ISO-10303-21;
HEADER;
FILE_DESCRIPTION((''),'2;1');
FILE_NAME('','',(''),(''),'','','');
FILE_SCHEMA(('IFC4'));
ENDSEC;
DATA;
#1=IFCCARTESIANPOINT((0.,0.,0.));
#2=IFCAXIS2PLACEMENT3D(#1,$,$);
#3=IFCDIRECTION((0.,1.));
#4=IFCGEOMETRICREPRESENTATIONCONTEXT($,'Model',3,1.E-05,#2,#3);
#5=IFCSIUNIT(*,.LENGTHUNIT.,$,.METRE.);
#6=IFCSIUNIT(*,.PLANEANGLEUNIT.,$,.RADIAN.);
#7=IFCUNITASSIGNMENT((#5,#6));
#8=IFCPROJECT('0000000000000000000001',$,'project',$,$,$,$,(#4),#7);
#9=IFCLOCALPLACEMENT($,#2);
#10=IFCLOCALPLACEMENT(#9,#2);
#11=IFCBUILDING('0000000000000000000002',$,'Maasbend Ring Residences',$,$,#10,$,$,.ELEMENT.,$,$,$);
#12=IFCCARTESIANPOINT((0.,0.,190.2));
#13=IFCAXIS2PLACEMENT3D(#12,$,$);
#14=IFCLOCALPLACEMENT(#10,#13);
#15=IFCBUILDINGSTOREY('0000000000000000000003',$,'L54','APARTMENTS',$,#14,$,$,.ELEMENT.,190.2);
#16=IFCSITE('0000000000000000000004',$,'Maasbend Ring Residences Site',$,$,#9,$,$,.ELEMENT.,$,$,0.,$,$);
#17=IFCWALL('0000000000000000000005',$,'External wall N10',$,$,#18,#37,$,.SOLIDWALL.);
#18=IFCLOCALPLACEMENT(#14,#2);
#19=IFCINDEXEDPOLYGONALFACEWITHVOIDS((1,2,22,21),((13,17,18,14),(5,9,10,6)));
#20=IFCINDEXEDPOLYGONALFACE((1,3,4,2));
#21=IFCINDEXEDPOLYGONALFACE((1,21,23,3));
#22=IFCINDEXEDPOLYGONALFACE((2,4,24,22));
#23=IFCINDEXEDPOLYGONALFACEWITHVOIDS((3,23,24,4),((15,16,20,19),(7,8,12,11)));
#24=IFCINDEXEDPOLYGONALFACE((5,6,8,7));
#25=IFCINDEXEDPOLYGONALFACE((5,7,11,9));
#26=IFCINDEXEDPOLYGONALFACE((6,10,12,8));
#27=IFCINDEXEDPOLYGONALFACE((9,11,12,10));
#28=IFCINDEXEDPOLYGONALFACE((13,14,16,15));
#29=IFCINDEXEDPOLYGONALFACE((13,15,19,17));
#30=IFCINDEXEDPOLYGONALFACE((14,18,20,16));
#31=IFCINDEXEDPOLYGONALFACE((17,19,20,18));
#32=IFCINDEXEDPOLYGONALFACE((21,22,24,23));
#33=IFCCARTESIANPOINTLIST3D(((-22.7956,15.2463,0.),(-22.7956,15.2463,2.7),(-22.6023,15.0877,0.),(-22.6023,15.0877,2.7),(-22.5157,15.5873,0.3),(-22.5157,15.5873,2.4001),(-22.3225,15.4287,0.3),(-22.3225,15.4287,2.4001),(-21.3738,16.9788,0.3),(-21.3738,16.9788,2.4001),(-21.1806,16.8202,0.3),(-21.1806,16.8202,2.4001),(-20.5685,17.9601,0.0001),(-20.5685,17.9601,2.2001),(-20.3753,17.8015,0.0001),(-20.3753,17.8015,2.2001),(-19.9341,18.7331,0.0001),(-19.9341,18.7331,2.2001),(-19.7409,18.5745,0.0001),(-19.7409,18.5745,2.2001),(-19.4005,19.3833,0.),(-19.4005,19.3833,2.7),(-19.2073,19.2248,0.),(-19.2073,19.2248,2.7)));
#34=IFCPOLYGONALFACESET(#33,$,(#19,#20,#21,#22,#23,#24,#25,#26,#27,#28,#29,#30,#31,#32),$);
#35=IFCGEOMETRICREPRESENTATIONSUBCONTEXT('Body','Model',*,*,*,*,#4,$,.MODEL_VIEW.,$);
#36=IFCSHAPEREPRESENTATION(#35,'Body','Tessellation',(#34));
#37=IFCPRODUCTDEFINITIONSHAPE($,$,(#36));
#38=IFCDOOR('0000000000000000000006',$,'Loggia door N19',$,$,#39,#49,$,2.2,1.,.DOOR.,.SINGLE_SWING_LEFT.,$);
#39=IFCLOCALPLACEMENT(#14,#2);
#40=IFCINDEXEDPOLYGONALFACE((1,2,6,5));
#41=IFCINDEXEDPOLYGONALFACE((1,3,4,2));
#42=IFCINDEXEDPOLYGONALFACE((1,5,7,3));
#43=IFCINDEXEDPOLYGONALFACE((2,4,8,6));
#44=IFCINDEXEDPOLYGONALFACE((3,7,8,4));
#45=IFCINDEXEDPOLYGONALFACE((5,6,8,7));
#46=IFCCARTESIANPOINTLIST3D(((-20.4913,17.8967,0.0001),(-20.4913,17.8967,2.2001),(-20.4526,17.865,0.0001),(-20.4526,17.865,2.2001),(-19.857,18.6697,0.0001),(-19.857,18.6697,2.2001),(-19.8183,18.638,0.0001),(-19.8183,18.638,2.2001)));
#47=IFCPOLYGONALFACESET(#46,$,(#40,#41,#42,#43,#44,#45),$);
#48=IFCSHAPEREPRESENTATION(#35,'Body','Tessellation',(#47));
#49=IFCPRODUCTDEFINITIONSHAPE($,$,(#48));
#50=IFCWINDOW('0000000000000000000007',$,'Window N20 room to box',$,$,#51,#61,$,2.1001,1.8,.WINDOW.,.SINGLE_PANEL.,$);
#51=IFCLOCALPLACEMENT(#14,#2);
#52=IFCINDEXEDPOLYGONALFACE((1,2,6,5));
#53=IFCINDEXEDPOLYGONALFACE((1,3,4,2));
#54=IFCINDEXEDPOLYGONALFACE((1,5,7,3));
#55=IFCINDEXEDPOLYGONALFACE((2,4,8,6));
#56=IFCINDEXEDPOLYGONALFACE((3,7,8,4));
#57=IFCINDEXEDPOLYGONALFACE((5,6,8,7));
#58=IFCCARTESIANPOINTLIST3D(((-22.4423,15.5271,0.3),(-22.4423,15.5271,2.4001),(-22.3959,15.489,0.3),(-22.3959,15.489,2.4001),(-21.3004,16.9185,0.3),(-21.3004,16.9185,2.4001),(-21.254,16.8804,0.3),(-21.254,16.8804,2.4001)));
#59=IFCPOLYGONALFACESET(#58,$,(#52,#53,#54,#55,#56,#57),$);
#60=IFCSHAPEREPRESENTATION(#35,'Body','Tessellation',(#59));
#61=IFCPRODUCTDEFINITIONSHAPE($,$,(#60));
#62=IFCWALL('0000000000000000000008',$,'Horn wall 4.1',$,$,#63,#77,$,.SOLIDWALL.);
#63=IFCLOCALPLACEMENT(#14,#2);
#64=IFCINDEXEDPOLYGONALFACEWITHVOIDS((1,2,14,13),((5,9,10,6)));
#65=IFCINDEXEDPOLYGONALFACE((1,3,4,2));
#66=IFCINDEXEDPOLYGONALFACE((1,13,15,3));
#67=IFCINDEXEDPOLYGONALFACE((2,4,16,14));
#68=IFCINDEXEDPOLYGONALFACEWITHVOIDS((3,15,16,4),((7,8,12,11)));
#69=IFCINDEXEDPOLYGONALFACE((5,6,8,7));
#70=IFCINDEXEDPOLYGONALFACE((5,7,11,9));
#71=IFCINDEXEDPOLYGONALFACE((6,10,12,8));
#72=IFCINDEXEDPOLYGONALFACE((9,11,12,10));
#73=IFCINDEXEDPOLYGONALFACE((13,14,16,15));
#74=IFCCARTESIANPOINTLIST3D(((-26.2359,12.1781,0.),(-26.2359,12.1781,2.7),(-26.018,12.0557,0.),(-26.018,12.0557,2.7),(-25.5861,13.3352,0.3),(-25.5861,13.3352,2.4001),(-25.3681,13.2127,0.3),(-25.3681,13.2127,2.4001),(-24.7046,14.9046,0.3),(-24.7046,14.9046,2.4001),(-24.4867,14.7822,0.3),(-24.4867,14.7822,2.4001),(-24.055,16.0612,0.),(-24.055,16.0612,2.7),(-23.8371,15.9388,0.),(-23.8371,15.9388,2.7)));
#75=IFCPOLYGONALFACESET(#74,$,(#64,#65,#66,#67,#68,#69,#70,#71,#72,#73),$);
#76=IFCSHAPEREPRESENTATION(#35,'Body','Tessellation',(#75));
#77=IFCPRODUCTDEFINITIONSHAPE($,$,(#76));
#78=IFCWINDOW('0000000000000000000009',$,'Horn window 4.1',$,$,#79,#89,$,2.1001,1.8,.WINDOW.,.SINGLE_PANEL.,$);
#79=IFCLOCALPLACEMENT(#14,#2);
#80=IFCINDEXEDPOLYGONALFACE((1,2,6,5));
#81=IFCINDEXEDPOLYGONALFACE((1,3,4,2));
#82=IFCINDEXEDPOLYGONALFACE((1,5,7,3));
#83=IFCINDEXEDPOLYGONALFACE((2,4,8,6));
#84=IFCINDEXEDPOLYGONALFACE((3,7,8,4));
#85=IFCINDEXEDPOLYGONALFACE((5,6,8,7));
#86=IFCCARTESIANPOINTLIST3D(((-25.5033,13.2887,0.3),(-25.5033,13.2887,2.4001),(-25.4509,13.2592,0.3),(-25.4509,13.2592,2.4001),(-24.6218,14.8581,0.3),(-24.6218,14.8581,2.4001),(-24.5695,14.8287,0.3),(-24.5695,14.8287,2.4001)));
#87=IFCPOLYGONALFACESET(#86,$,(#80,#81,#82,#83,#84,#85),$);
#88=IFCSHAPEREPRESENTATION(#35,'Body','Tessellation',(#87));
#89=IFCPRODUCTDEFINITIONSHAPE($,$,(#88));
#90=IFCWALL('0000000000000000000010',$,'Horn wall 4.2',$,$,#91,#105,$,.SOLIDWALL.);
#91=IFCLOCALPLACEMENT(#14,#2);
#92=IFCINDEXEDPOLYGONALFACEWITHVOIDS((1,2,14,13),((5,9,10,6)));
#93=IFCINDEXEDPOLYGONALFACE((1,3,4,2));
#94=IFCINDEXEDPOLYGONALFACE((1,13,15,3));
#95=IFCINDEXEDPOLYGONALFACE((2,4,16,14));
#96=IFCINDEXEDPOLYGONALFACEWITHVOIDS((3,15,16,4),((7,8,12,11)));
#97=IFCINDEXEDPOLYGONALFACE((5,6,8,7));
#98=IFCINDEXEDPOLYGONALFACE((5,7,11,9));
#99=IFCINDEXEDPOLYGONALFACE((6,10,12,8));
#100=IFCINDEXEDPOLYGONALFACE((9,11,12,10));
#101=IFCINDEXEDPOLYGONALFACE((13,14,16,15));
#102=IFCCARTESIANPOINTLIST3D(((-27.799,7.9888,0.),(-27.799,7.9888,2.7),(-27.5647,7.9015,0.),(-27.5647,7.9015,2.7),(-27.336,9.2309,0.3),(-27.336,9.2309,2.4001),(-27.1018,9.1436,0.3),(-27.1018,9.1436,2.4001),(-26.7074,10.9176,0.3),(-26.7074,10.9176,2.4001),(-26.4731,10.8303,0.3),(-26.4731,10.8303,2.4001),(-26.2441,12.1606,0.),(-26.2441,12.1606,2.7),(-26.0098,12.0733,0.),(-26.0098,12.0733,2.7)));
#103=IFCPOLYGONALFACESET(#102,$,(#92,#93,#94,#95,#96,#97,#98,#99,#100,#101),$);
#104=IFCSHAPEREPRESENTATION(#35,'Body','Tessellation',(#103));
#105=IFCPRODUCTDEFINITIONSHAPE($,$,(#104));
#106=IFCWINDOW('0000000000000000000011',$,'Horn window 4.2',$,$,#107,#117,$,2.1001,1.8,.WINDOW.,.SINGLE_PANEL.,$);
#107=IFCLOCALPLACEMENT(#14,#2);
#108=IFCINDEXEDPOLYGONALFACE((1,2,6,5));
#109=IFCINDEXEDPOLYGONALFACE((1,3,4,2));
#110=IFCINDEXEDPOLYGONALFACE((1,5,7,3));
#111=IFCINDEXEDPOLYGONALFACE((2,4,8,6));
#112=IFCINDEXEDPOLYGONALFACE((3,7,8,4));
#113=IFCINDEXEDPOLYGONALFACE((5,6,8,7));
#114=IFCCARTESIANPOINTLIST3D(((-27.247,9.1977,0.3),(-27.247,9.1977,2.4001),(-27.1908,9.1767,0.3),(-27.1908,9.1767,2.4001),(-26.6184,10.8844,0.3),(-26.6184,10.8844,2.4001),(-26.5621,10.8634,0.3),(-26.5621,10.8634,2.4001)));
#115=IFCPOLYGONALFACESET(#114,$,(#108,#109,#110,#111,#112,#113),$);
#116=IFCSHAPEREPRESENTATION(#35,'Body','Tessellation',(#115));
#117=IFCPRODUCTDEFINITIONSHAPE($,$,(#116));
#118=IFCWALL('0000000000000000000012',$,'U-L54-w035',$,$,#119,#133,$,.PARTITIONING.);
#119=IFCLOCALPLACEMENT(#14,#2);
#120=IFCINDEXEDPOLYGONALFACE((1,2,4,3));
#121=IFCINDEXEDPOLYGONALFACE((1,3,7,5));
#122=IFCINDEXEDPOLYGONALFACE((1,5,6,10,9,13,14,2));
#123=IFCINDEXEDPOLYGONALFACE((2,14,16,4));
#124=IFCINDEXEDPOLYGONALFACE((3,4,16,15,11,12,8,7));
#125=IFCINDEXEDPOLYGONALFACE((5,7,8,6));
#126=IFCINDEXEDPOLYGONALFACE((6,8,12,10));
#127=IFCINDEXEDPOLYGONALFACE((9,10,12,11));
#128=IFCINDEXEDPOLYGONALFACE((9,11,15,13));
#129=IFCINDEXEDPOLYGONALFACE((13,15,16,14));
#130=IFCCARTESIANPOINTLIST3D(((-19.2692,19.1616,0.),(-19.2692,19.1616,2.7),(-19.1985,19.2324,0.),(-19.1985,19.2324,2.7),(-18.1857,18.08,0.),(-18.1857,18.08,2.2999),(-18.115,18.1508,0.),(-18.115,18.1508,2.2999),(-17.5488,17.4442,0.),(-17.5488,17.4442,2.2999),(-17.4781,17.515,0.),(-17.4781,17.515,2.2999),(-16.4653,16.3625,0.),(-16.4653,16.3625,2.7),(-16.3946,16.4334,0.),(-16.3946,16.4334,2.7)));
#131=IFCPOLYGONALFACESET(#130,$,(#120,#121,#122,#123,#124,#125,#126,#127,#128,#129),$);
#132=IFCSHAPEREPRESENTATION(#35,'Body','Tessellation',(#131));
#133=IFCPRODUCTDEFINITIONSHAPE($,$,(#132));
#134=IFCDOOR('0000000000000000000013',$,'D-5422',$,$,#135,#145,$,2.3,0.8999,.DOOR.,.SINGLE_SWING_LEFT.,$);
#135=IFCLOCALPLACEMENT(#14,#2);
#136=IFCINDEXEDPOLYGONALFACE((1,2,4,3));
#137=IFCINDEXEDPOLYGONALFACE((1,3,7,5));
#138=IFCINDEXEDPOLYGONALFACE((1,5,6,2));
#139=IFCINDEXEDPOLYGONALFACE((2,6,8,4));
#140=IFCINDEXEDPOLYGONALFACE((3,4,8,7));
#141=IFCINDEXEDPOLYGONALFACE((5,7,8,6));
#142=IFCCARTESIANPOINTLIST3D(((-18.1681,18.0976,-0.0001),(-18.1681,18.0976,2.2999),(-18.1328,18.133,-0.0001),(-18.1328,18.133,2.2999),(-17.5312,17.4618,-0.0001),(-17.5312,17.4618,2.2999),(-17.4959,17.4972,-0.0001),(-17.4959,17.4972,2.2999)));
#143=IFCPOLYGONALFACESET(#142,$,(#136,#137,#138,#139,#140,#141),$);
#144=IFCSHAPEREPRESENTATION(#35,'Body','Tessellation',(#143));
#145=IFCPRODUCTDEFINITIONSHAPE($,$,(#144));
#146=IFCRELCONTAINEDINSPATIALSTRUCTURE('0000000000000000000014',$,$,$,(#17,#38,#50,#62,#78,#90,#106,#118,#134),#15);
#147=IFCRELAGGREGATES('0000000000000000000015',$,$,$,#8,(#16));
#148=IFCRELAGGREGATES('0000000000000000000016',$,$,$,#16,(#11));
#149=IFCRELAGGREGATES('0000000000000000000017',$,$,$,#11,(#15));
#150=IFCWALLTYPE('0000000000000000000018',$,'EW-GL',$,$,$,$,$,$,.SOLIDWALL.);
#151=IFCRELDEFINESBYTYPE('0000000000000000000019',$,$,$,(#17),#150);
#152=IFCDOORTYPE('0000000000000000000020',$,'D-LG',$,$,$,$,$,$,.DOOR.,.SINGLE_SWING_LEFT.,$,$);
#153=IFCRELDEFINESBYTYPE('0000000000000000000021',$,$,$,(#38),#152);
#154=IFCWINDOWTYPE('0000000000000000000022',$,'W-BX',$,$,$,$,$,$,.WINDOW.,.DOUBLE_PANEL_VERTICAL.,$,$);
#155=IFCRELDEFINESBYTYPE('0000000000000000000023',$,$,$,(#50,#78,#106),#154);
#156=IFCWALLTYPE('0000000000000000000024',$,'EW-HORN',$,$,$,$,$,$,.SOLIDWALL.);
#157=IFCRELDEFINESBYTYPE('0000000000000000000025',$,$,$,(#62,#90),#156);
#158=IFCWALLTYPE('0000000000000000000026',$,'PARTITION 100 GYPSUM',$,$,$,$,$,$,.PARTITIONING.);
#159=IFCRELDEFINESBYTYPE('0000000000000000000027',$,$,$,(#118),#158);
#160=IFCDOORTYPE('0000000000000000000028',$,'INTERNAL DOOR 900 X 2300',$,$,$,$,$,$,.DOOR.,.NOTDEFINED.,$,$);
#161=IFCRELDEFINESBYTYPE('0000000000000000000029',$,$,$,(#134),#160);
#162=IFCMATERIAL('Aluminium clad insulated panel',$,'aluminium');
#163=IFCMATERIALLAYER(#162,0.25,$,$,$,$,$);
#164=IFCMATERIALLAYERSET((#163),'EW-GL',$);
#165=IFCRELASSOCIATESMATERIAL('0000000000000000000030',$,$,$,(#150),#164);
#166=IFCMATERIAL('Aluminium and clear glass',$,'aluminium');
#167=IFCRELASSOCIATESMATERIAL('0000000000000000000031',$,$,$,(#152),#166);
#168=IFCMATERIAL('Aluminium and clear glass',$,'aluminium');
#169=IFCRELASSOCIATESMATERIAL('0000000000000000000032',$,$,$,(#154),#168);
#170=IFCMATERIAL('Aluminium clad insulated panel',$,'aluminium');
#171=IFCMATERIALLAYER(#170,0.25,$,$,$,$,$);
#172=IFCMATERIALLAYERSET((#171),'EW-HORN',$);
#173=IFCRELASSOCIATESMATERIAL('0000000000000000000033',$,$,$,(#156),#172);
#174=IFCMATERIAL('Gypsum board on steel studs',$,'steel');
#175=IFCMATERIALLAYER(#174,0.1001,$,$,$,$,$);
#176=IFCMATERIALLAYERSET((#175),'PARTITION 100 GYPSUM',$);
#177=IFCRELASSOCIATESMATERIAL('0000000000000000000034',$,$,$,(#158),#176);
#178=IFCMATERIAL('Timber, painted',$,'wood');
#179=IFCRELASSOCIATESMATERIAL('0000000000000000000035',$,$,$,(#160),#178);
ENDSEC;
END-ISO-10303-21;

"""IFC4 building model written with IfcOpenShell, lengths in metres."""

from ifc_helpers import new_model, si_unit, direction, frame, frame_2d, origin, place, context, subcontext, project, spatial, rectangle, extrude, material, layer, layer_set, type_object, element, fill, save


model = new_model("IFC4")

# Units and contexts
model_context = context("Model", 3, precision=1e-05, world=origin(), true_north=direction((0.0, 1.0)))
body_context = subcontext(model_context, "Body", "Model", "MODEL_VIEW")
ifc_project = project(units=[si_unit("LENGTHUNIT", "METRE"), si_unit("PLANEANGLEUNIT", "RADIAN")], contexts=[model_context])

# Site, building, storey
site_placement = place(None, origin())
site = spatial("IfcSite", under=ifc_project, at=site_placement, Name="Maasbend Ring Residences Site", CompositionType="ELEMENT", RefElevation=0.0)
building_placement = place(site_placement, origin())
building = spatial("IfcBuilding", under=site, at=building_placement, Name="Maasbend Ring Residences", CompositionType="ELEMENT")
storey_placement = place(building_placement, frame((0.0, 0.0, 190.2)))
storey = spatial("IfcBuildingStorey", under=building, at=storey_placement, Name="L54", Description="APARTMENTS", CompositionType="ELEMENT", Elevation=190.2)

# Wall, openings, door, window
ifc_material_1 = material(Name="Aluminium clad insulated panel", Category="aluminium")
ifc_layer_1 = layer(ifc_material_1, 0.25)
ifc_layer_set_1 = layer_set([ifc_layer_1], Name="EW-GL")
wall_type_1 = type_object("IfcWallType", Name="EW-GL", PredefinedType="SOLIDWALL", material=ifc_layer_set_1)
wall_1_placement = place(storey_placement, frame((-19.304, 19.304, 0.0), z_axis=(0.0, 0.0, 1.0), x_axis=(-0.634382, -0.773019, 0.0)))
wall_1 = element("IfcWall", 1, at=wall_1_placement, inside=storey, type_object=wall_type_1, Name="External wall N10", PredefinedType="SOLIDWALL", context=body_context, shape_type="SweptSolid", body=[
    extrude(rectangle(XDim=5.3518, YDim=0.25, at=frame_2d((2.6758, 0.0))), origin(), (0.0, 0.0, 1.0), 2.7),
])
opening_1_placement = place(wall_1_placement, frame((0.8411, 0.0, 0.0)))
opening_1 = element("IfcOpeningElement", 2, at=opening_1_placement, cuts=wall_1, PredefinedType="OPENING", context=body_context, shape_type="SweptSolid", body=[
    extrude(rectangle(XDim=1.0, YDim=2.2, at=frame_2d((0.5, 1.1001))), frame((0.0, 0.135, 0.0), z_axis=(0.0, -1.0, 0.0), x_axis=(1.0, 0.0, 0.0)), (0.0, 0.0, 1.0), 0.27),
])
opening_2_placement = place(wall_1_placement, frame((3.1106, 0.0, 0.3)))
opening_2 = element("IfcOpeningElement", 3, at=opening_2_placement, cuts=wall_1, PredefinedType="OPENING", context=body_context, shape_type="SweptSolid", body=[
    extrude(rectangle(XDim=1.8, YDim=2.1001, at=frame_2d((0.8999, 1.05))), frame((0.0, 0.135, 0.0), z_axis=(0.0, -1.0, 0.0), x_axis=(1.0, 0.0, 0.0)), (0.0, 0.0, 1.0), 0.27),
])
ifc_material_2 = material(Name="Aluminium and clear glass", Category="aluminium")
door_type_1 = type_object("IfcDoorType", Name="D-LG", OperationType="SINGLE_SWING_LEFT", PredefinedType="DOOR", material=ifc_material_2)
door_1_placement = place(opening_1_placement, origin())
door_1 = element("IfcDoor", 4, at=door_1_placement, inside=storey, type_object=door_type_1, Name="Loggia door N19", OperationType="SINGLE_SWING_LEFT", OverallHeight=2.2, OverallWidth=1.0, PredefinedType="DOOR", context=body_context, shape_type="SweptSolid", body=[
    extrude(rectangle(XDim=1.0, YDim=2.2, at=frame_2d((0.5, 1.1001))), frame((0.0, 0.0249, 0.0), z_axis=(0.0, -1.0, 0.0), x_axis=(1.0, 0.0, 0.0)), (0.0, 0.0, 1.0), 0.05),
])
fill(opening_1, door_1)
ifc_material_3 = material(Name="Aluminium and clear glass", Category="aluminium")
window_type_1 = type_object("IfcWindowType", Name="W-BX", PartitioningType="DOUBLE_PANEL_VERTICAL", PredefinedType="WINDOW", material=ifc_material_3)
window_1_placement = place(opening_2_placement, origin())
window_1 = element("IfcWindow", 5, at=window_1_placement, inside=storey, type_object=window_type_1, Name="Window N20 room to box", OverallHeight=2.1001, OverallWidth=1.8, PartitioningType="SINGLE_PANEL", PredefinedType="WINDOW", context=body_context, shape_type="SweptSolid", body=[
    extrude(rectangle(XDim=1.8, YDim=2.1001, at=frame_2d((0.8999, 1.05))), frame((0.0, 0.03, 0.0), z_axis=(0.0, -1.0, 0.0), x_axis=(1.0, 0.0, 0.0)), (0.0, 0.0, 1.0), 0.0601),
])
fill(opening_2, window_1)

# Walls, openings, windows
ifc_material_4 = material(Name="Aluminium clad insulated panel", Category="aluminium")
ifc_layer_2 = layer(ifc_material_4, 0.25)
ifc_layer_set_2 = layer_set([ifc_layer_2], Name="EW-HORN")
wall_type_2 = type_object("IfcWallType", Name="EW-HORN", PredefinedType="SOLIDWALL", material=ifc_layer_set_2)
wall_2_placement = place(storey_placement, frame((-23.946, 16.0, 0.0), z_axis=(0.0, 0.0, 1.0), x_axis=(-0.489696, -0.871893, 0.0)))
wall_2 = element("IfcWall", 6, at=wall_2_placement, inside=storey, type_object=wall_type_2, Name="Horn wall 4.1", PredefinedType="SOLIDWALL", context=body_context, shape_type="SweptSolid", body=[
    extrude(rectangle(XDim=4.4536, YDim=0.25, at=frame_2d((2.2268, 0.0))), origin(), (0.0, 0.0, 1.0), 2.7),
])
opening_3_placement = place(wall_2_placement, frame((1.3267, 0.0, 0.3)))
opening_3 = element("IfcOpeningElement", 7, at=opening_3_placement, cuts=wall_2, PredefinedType="OPENING", context=body_context, shape_type="SweptSolid", body=[
    extrude(rectangle(XDim=1.8, YDim=2.1001, at=frame_2d((0.8999, 1.05))), frame((0.0, 0.135, 0.0), z_axis=(0.0, -1.0, 0.0), x_axis=(1.0, 0.0, 0.0)), (0.0, 0.0, 1.0), 0.27),
])
window_2_placement = place(opening_3_placement, origin())
window_2 = element("IfcWindow", 8, at=window_2_placement, inside=storey, type_object=window_type_1, Name="Horn window 4.1", OverallHeight=2.1001, OverallWidth=1.8, PartitioningType="SINGLE_PANEL", PredefinedType="WINDOW", context=body_context, shape_type="SweptSolid", body=[
    extrude(rectangle(XDim=1.8, YDim=2.1001, at=frame_2d((0.8999, 1.05))), frame((0.0, 0.03, 0.0), z_axis=(0.0, -1.0, 0.0), x_axis=(1.0, 0.0, 0.0)), (0.0, 0.0, 1.0), 0.0601),
])
fill(opening_3, window_2)
wall_3_placement = place(storey_placement, frame((-26.127, 12.1169, 0.0), z_axis=(0.0, 0.0, 1.0), x_axis=(-0.349248, -0.93703, 0.0)))
wall_3 = element("IfcWall", 9, at=wall_3_placement, inside=storey, type_object=wall_type_2, Name="Horn wall 4.2", PredefinedType="SOLIDWALL", context=body_context, shape_type="SweptSolid", body=[
    extrude(rectangle(XDim=4.4521, YDim=0.25, at=frame_2d((2.2261, 0.0))), origin(), (0.0, 0.0, 1.0), 2.7),
])
opening_4_placement = place(wall_3_placement, frame((1.3267, 0.0, 0.3)))
opening_4 = element("IfcOpeningElement", 10, at=opening_4_placement, cuts=wall_3, PredefinedType="OPENING", context=body_context, shape_type="SweptSolid", body=[
    extrude(rectangle(XDim=1.8, YDim=2.1001, at=frame_2d((0.8999, 1.05))), frame((0.0, 0.135, 0.0), z_axis=(0.0, -1.0, 0.0), x_axis=(1.0, 0.0, 0.0)), (0.0, 0.0, 1.0), 0.27),
])
window_3_placement = place(opening_4_placement, origin())
window_3 = element("IfcWindow", 11, at=window_3_placement, inside=storey, type_object=window_type_1, Name="Horn window 4.2", OverallHeight=2.1001, OverallWidth=1.8, PartitioningType="SINGLE_PANEL", PredefinedType="WINDOW", context=body_context, shape_type="SweptSolid", body=[
    extrude(rectangle(XDim=1.8, YDim=2.1001, at=frame_2d((0.8999, 1.05))), frame((0.0, 0.03, 0.0), z_axis=(0.0, -1.0, 0.0), x_axis=(1.0, 0.0, 0.0)), (0.0, 0.0, 1.0), 0.0601),
])
fill(opening_4, window_3)

# Wall, opening, door
ifc_material_5 = material(Name="Gypsum board on steel studs", Category="steel")
ifc_layer_3 = layer(ifc_material_5, 0.1001)
ifc_layer_set_3 = layer_set([ifc_layer_3], Name="PARTITION 100 GYPSUM")
wall_type_3 = type_object("IfcWallType", Name="PARTITION 100 GYPSUM", PredefinedType="PARTITIONING", material=ifc_layer_set_3)
wall_4_placement = place(storey_placement, frame((-19.2339, 19.197, 0.0), z_axis=(0.0, 0.0, 1.0), x_axis=(0.707723, -0.70649, 0.0)))
wall_4 = element("IfcWall", 12, at=wall_4_placement, inside=storey, type_object=wall_type_3, Name="U-L54-w035", PredefinedType="PARTITIONING", context=body_context, shape_type="SweptSolid", body=[
    extrude(rectangle(XDim=3.9619, YDim=0.1001, at=frame_2d((1.981, 0.0))), origin(), (0.0, 0.0, 1.0), 2.7),
])
opening_5_placement = place(wall_4_placement, frame((1.531, 0.0, 0.0)))
opening_5 = element("IfcOpeningElement", 13, at=opening_5_placement, cuts=wall_4, PredefinedType="OPENING", context=body_context, shape_type="SweptSolid", body=[
    extrude(rectangle(XDim=0.8999, YDim=2.3, at=frame_2d((0.45, 1.1499))), frame((0.0, 0.0601, 0.0), z_axis=(0.0, -1.0, 0.0), x_axis=(1.0, 0.0, 0.0)), (0.0, 0.0, 1.0), 0.1201),
])
ifc_material_6 = material(Name="Timber, painted", Category="wood")
door_type_2 = type_object("IfcDoorType", Name="INTERNAL DOOR 900 X 2300", OperationType="NOTDEFINED", PredefinedType="DOOR", material=ifc_material_6)
door_2_placement = place(opening_5_placement, origin())
door_2 = element("IfcDoor", 14, at=door_2_placement, inside=storey, type_object=door_type_2, Name="D-5422", OperationType="SINGLE_SWING_LEFT", OverallHeight=2.3, OverallWidth=0.8999, PredefinedType="DOOR", context=body_context, shape_type="SweptSolid", body=[
    extrude(rectangle(XDim=0.8999, YDim=2.3, at=frame_2d((0.45, 1.1499))), frame((0.0, 0.0249, 0.0), z_axis=(0.0, -1.0, 0.0), x_axis=(1.0, 0.0, 0.0)), (0.0, 0.0, 1.0), 0.05),
])
fill(opening_5, door_2)

save(model, "model.ifc")
